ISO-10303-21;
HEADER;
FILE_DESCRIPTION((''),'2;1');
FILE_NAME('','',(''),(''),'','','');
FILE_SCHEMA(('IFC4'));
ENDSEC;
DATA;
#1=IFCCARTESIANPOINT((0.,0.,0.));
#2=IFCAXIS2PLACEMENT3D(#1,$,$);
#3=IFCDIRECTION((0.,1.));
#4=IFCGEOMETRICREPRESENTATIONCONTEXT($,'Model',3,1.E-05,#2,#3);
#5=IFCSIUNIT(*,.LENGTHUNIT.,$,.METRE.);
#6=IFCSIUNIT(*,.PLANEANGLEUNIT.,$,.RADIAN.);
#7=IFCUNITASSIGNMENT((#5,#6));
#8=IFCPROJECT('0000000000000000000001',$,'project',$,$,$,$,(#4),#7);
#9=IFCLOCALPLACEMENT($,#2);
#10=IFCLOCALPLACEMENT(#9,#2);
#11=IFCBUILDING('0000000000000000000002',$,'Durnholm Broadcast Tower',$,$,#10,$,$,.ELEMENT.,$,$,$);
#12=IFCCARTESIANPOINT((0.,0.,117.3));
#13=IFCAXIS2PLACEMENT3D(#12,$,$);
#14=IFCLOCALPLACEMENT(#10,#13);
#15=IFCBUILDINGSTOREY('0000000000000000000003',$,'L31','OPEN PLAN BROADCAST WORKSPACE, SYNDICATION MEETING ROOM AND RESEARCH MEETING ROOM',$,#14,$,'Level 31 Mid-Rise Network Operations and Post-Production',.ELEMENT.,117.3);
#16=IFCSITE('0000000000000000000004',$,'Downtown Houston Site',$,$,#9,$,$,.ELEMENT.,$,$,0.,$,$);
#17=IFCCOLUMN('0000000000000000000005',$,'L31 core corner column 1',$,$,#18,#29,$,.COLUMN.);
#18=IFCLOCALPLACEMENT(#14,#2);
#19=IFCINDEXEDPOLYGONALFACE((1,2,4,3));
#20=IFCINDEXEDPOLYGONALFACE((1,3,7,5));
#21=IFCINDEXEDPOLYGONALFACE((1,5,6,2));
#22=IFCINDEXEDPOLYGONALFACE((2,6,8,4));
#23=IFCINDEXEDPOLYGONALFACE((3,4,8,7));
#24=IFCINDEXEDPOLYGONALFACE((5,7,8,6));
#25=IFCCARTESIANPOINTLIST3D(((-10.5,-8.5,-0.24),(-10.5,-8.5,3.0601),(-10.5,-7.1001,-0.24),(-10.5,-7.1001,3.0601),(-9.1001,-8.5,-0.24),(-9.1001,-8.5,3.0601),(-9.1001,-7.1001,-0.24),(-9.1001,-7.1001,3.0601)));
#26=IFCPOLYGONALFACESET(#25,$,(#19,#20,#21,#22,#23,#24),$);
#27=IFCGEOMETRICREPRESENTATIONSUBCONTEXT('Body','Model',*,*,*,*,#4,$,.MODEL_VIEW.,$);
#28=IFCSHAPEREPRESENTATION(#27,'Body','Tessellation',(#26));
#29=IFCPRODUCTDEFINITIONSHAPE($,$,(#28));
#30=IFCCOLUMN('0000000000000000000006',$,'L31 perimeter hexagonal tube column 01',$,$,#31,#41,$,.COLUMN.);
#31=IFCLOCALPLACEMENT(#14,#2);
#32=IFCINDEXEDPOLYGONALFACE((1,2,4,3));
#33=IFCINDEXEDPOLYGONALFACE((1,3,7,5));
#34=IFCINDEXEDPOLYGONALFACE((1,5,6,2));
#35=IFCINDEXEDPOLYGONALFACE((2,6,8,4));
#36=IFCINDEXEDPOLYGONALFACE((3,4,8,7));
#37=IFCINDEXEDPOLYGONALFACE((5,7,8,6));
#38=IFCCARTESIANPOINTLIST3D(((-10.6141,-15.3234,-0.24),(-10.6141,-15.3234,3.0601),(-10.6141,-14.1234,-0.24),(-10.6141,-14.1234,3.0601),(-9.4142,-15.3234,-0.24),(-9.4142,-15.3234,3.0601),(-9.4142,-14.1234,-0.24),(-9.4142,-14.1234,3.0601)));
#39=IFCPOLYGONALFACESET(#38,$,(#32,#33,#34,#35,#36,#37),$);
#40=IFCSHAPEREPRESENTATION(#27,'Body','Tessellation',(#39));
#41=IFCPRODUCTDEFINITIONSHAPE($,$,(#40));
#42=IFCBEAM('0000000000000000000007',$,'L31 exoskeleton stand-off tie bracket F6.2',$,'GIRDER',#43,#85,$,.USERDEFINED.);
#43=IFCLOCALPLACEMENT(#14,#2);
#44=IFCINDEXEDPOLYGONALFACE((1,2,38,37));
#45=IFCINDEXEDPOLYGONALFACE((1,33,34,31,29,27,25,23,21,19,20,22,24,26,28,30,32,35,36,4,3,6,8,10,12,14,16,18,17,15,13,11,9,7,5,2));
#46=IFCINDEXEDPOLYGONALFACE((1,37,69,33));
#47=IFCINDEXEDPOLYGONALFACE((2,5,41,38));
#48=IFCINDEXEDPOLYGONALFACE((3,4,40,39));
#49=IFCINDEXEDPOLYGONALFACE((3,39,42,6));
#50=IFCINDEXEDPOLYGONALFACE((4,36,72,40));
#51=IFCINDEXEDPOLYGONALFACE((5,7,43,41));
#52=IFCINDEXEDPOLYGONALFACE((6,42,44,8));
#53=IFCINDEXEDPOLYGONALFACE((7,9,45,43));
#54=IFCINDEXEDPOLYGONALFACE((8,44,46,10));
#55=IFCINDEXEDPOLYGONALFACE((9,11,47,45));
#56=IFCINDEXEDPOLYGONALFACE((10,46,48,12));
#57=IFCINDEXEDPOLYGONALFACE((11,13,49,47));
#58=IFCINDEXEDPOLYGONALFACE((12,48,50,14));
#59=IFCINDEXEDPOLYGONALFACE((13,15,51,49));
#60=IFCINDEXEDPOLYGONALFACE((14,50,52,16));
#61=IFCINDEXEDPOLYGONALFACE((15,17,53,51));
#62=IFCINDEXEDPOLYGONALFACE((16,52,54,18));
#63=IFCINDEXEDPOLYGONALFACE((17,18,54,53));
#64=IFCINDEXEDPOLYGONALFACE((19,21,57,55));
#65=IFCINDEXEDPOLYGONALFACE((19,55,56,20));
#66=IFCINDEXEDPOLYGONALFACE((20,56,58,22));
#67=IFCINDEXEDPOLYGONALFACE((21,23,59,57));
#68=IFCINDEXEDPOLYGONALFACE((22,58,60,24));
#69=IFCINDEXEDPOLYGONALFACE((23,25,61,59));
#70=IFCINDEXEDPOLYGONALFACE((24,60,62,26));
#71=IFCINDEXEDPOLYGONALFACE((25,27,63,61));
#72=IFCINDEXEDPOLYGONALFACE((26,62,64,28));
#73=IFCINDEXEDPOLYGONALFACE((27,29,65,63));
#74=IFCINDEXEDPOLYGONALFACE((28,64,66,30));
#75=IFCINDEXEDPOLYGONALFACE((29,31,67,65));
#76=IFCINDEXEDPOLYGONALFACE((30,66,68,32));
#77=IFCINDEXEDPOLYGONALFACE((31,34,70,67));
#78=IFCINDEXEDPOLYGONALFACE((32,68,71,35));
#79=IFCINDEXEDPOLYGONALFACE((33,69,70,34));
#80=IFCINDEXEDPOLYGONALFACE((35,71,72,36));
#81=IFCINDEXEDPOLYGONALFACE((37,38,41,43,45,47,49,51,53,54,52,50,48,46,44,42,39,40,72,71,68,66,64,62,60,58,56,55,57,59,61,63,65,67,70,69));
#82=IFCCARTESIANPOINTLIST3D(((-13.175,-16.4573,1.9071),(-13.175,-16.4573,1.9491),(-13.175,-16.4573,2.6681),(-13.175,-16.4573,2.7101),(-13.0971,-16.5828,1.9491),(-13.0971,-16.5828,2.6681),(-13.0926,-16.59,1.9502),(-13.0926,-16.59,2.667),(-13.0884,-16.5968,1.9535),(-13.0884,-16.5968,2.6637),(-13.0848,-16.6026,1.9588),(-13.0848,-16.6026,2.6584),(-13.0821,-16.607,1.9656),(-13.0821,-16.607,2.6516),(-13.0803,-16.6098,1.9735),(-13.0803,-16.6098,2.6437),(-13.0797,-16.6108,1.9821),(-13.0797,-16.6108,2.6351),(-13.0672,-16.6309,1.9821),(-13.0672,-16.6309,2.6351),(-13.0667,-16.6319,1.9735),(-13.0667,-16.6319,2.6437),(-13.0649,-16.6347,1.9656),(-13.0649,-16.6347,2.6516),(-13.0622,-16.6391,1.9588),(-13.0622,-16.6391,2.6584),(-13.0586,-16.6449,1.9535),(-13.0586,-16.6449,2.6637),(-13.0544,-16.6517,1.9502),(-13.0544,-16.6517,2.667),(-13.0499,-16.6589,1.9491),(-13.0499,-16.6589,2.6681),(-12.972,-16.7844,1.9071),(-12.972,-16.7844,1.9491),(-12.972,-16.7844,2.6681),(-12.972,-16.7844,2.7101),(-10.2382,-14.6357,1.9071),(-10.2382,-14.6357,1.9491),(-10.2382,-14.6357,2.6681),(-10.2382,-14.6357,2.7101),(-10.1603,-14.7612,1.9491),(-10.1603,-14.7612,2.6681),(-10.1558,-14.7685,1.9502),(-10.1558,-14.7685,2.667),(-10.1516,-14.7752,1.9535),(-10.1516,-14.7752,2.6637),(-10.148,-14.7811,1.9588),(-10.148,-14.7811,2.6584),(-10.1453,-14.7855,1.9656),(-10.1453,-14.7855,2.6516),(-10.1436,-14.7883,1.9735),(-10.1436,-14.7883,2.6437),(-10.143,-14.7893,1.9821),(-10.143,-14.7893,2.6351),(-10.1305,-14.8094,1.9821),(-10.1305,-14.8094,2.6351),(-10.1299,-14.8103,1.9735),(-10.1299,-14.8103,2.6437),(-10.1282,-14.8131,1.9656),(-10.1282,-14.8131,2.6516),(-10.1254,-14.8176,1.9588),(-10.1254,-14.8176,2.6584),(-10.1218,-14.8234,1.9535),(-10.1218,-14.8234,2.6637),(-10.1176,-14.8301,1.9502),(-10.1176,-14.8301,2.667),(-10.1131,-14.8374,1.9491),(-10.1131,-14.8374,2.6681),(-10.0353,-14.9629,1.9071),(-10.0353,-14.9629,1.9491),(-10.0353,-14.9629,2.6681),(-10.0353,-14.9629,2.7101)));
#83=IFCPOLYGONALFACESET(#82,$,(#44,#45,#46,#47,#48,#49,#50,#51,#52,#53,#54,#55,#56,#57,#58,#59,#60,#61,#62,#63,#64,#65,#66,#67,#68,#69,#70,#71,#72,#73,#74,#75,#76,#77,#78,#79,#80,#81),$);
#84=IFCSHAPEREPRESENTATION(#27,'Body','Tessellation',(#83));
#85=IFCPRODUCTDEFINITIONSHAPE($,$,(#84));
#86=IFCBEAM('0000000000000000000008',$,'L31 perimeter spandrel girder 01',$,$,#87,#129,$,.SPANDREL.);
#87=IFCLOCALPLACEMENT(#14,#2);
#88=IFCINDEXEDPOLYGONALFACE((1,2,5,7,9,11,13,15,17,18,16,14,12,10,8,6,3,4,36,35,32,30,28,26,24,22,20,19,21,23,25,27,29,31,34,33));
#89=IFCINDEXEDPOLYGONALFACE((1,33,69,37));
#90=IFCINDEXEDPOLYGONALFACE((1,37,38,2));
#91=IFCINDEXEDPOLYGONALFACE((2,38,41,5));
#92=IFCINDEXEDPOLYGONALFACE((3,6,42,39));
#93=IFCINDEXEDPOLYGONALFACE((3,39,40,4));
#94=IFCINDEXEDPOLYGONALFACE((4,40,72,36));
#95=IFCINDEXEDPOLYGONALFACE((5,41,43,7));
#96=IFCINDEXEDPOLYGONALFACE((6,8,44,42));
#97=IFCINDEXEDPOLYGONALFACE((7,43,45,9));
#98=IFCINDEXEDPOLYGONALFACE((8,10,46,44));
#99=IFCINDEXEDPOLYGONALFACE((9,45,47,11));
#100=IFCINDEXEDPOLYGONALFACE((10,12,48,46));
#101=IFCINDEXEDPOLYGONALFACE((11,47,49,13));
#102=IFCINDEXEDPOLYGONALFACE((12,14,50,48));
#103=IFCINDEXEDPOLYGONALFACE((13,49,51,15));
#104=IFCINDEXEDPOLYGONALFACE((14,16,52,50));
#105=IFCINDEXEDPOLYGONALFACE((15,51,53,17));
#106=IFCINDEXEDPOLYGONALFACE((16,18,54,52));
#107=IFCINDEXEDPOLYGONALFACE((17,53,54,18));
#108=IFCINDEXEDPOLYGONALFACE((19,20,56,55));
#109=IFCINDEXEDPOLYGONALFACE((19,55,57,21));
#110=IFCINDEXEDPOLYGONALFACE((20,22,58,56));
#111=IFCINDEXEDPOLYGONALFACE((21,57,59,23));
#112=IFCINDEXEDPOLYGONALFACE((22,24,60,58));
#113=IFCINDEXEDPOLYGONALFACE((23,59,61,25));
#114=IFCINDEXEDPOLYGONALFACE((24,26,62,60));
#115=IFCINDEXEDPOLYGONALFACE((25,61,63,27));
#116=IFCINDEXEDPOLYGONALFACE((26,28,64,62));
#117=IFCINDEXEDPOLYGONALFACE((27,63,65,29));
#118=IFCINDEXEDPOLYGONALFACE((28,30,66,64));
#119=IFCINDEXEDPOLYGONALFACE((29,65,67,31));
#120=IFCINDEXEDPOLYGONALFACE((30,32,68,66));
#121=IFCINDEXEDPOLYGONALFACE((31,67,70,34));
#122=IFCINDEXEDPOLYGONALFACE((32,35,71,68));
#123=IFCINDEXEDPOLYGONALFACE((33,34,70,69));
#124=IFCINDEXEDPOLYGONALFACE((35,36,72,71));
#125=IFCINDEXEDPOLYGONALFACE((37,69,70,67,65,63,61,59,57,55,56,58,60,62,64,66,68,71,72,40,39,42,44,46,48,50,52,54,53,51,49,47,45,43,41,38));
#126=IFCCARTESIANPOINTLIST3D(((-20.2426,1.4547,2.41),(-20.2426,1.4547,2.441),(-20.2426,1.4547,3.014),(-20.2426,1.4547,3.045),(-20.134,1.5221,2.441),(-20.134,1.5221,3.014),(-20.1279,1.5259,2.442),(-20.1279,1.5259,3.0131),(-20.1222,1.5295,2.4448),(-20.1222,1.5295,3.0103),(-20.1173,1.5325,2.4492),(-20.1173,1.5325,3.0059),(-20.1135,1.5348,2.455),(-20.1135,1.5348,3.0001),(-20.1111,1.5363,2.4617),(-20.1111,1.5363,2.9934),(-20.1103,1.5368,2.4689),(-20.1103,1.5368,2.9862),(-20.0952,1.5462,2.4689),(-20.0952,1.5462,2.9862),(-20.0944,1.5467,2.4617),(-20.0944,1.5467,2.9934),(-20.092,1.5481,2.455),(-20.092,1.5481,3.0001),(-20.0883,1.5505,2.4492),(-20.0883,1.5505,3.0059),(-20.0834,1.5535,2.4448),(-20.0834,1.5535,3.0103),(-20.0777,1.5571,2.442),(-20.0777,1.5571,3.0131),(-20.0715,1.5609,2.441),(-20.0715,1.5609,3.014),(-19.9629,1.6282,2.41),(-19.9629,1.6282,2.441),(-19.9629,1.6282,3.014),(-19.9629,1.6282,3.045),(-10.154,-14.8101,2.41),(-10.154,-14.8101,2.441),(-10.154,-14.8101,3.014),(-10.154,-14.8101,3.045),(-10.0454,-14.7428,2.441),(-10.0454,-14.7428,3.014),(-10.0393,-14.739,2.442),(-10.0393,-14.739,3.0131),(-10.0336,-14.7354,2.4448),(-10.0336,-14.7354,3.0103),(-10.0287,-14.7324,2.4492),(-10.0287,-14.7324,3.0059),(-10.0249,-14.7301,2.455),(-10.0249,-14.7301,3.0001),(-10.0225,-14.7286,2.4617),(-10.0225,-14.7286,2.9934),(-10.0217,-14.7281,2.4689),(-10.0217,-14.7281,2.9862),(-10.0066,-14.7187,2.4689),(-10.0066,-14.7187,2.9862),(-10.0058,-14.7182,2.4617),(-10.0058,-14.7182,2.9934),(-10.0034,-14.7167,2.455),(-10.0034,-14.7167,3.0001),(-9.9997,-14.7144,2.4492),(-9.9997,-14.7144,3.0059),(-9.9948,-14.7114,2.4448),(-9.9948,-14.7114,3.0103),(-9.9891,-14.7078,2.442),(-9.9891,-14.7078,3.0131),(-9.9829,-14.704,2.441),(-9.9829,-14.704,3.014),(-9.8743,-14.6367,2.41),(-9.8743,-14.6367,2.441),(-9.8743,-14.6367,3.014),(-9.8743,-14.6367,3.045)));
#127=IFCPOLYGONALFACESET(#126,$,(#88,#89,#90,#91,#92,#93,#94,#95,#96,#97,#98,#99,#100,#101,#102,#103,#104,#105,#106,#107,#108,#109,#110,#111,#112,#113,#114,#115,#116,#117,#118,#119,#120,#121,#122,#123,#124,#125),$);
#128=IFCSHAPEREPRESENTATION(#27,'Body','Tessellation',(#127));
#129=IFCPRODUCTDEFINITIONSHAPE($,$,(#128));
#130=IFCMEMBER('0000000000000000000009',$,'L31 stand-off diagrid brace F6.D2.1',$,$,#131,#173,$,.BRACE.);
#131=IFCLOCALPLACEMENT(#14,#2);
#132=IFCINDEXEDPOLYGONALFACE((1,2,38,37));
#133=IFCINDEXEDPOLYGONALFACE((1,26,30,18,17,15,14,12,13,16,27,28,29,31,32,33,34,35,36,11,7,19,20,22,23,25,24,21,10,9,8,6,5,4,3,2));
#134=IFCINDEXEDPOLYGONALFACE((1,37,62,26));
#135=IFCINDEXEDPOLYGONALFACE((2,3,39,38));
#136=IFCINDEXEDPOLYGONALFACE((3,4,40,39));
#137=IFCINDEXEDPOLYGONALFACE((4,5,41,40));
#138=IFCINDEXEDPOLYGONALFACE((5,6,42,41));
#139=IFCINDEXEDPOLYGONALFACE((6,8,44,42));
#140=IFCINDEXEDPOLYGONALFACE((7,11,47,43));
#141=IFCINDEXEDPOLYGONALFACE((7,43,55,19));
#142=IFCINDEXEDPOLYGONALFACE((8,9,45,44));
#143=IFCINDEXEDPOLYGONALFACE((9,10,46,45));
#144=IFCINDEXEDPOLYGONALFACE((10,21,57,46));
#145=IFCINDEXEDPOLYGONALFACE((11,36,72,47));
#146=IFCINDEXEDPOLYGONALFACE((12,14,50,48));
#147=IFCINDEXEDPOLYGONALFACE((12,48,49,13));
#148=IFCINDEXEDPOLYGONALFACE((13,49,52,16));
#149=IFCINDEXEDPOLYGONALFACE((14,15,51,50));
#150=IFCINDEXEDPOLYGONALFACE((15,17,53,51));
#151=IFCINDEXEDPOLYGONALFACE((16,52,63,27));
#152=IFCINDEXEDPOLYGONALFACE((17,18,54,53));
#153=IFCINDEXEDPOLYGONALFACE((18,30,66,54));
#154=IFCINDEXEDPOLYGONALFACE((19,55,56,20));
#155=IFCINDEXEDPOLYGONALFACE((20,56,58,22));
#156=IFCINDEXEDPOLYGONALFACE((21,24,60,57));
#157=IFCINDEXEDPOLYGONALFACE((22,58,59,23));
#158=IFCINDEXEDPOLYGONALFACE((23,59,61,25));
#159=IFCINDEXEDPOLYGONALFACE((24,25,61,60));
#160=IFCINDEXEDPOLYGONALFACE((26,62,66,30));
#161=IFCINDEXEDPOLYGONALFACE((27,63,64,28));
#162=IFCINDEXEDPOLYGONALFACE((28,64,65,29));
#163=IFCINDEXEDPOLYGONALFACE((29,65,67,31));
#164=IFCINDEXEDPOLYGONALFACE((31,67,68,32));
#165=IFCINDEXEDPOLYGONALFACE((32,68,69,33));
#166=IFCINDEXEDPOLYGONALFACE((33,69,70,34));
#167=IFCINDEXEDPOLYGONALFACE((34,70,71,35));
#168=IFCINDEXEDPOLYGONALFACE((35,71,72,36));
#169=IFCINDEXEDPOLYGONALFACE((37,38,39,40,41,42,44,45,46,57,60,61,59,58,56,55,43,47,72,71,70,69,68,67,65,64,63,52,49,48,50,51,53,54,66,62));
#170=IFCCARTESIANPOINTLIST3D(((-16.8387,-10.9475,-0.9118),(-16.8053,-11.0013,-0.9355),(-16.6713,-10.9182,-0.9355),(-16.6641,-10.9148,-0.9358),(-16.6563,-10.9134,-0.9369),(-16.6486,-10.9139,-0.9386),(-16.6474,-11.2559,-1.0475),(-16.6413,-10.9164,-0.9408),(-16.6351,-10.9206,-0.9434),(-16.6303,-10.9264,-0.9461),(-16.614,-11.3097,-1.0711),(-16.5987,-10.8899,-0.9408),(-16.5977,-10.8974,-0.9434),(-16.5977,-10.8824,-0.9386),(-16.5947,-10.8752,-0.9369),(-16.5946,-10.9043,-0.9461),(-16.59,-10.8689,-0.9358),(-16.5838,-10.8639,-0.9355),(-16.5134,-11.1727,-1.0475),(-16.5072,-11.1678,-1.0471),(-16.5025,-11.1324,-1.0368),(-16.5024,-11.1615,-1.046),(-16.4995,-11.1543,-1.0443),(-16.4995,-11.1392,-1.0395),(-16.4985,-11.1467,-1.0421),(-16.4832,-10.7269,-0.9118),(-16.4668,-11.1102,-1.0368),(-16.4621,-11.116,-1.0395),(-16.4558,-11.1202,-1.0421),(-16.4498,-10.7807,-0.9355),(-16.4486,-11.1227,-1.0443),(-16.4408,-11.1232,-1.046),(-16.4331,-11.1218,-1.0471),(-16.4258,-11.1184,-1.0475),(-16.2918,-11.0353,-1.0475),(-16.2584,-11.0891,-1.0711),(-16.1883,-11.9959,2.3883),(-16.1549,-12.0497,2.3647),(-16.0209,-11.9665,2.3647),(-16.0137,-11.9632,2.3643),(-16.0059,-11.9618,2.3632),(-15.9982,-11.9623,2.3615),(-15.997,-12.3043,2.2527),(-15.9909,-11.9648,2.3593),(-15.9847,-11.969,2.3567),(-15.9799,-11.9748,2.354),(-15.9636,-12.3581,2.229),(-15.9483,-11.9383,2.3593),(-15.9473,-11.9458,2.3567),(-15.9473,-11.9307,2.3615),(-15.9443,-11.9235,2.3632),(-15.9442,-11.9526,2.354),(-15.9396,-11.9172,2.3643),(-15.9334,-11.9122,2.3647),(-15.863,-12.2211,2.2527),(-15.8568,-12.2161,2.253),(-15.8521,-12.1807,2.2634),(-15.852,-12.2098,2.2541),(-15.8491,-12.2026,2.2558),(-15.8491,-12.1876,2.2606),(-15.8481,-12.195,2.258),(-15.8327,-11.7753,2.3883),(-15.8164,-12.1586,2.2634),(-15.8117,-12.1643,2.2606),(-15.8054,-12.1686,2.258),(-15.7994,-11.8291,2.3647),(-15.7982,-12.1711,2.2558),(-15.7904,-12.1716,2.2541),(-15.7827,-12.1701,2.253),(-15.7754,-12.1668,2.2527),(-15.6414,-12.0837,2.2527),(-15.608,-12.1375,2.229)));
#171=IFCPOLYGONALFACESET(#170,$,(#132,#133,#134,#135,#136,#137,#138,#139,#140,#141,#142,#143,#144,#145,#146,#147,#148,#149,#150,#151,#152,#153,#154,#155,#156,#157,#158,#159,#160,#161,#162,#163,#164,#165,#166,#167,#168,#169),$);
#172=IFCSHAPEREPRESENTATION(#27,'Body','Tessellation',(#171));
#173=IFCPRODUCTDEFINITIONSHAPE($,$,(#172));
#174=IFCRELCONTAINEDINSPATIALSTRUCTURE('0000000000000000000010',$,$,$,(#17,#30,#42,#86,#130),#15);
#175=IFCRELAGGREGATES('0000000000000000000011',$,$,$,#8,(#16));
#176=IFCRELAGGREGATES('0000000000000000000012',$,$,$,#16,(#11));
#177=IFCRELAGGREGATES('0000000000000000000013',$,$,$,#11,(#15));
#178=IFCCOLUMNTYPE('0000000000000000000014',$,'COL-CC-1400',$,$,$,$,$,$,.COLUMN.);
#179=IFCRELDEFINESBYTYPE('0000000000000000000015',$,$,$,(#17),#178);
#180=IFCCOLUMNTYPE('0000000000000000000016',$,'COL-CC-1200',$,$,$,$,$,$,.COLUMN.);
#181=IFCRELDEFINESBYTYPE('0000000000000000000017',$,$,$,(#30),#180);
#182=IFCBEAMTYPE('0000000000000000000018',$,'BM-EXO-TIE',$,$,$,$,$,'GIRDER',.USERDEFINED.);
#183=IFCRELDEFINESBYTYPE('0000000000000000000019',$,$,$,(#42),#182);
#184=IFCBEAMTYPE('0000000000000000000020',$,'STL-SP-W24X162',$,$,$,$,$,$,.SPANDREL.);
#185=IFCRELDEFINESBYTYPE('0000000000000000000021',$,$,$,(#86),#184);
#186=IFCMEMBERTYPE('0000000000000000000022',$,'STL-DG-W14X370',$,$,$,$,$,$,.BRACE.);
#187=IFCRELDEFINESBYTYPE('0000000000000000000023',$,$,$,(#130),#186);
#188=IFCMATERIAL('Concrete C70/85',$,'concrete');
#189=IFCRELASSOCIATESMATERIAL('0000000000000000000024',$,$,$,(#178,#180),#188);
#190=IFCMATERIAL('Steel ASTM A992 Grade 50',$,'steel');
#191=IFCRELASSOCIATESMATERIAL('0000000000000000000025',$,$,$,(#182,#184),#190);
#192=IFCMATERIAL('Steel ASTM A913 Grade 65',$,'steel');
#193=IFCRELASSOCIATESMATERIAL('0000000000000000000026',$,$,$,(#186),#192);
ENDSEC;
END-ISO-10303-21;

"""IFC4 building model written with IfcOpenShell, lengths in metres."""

from ifc_helpers import new_model, si_unit, direction, frame, origin, origin_2d, place, context, subcontext, project, spatial, rectangle, i_section, extrude, source, transform, mapped, material, material_profile, profile_set, type_object, type_shapes, element, save


model = new_model("IFC4")

# Units and contexts
model_context = context("Model", 3, precision=1e-05, world=origin(), true_north=direction((0.0, 1.0)))
body_context = subcontext(model_context, "Body", "Model", "MODEL_VIEW")
ifc_project = project(units=[si_unit("LENGTHUNIT", "METRE"), si_unit("PLANEANGLEUNIT", "RADIAN")], contexts=[model_context])

# Site, building, storey
site_placement = place(None, origin())
site = spatial("IfcSite", under=ifc_project, at=site_placement, Name="Downtown Houston Site", CompositionType="ELEMENT", RefElevation=0.0)
building_placement = place(site_placement, origin())
building = spatial("IfcBuilding", under=site, at=building_placement, Name="Durnholm Broadcast Tower", CompositionType="ELEMENT")
storey_placement = place(building_placement, frame((0.0, 0.0, 117.3)))
storey = spatial("IfcBuildingStorey", under=building, at=storey_placement, Name="L31", Description="OPEN PLAN BROADCAST WORKSPACE, SYNDICATION MEETING ROOM AND RESEARCH MEETING ROOM", LongName="Level 31 Mid-Rise Network Operations and Post-Production", CompositionType="ELEMENT", Elevation=117.3)

# Columns
ifc_material_1 = material(Name="Concrete C70/85", Category="concrete")
ifc_material_profile_1 = material_profile(ifc_material_1, rectangle(XDim=1.3999, YDim=1.3999, at=origin_2d()), Name="RC1400X1400")
ifc_profile_set_1 = profile_set([ifc_material_profile_1], Name="Concrete C70/85")
column_type_1 = type_object("IfcColumnType", Name="COL-CC-1400", PredefinedType="COLUMN", material=ifc_profile_set_1)
shared_shape_1 = source(origin(), body_context, "Body", "SweptSolid", [
    extrude(rectangle(XDim=1.3999, YDim=1.3999, at=origin_2d()), origin(), (0.0, 0.0, 1.0), 3.3),
])
type_shapes(column_type_1, [shared_shape_1])
column_1_placement = place(storey_placement, frame((-9.8, -7.8, -0.24), z_axis=(0.0, 0.0, 1.0), x_axis=(1.0, 0.0, 0.0)))
element("IfcColumn", 1, at=column_1_placement, inside=storey, type_object=column_type_1, Name="L31 core corner column 1", PredefinedType="COLUMN", context=body_context, shape_type="MappedRepresentation", body=[
    mapped(shared_shape_1, transform((0.0, 0.0, 0.0), x_axis=(1.0, 0.0, 0.0), y_axis=(0.0, 1.0, 0.0), z_axis=(0.0, 0.0, 1.0), scale=1.0)),
])
ifc_material_profile_2 = material_profile(ifc_material_1, rectangle(XDim=1.2, YDim=1.2, at=origin_2d()), Name="RC1200X1200")
ifc_profile_set_2 = profile_set([ifc_material_profile_2], Name="Concrete C70/85")
column_type_2 = type_object("IfcColumnType", Name="COL-CC-1200", PredefinedType="COLUMN", material=ifc_profile_set_2)
shared_shape_2 = source(origin(), body_context, "Body", "SweptSolid", [
    extrude(rectangle(XDim=1.2, YDim=1.2, at=origin_2d()), origin(), (0.0, 0.0, 1.0), 3.3),
])
type_shapes(column_type_2, [shared_shape_2])
column_2_placement = place(storey_placement, frame((-10.0142, -14.7234, -0.24), z_axis=(0.0, 0.0, 1.0), x_axis=(1.0, 0.0, 0.0)))
element("IfcColumn", 2, at=column_2_placement, inside=storey, type_object=column_type_2, Name="L31 perimeter hexagonal tube column 01", PredefinedType="COLUMN", context=body_context, shape_type="MappedRepresentation", body=[
    mapped(shared_shape_2, transform((0.0, 0.0, 0.0), x_axis=(1.0, 0.0, 0.0), y_axis=(0.0, 1.0, 0.0), z_axis=(0.0, 0.0, 1.0), scale=1.0)),
])

# Beams
ifc_material_2 = material(Name="Steel ASTM A992 Grade 50", Category="steel")
ifc_material_profile_3 = material_profile(ifc_material_2, i_section(OverallWidth=0.385, OverallDepth=0.803, WebThickness=0.0237, FlangeThickness=0.042, FilletRadius=0.033, at=origin_2d()), Name="W30X261")
ifc_profile_set_3 = profile_set([ifc_material_profile_3], Name="Steel ASTM A992 Grade 50")
beam_type_1 = type_object("IfcBeamType", Name="BM-EXO-TIE", ElementType="GIRDER", PredefinedType="USERDEFINED", material=ifc_profile_set_3)
shared_shape_3 = source(origin(), body_context, "Body", "SweptSolid", [
    extrude(i_section(OverallWidth=0.385, OverallDepth=0.803, WebThickness=0.0237, FlangeThickness=0.042, FilletRadius=0.033, at=origin_2d()), origin(), (0.0, 0.0, 1.0), 3.4558),
])
type_shapes(beam_type_1, [shared_shape_3])
beam_1_placement = place(storey_placement, frame((-10.1367, -14.7993, 2.3086), z_axis=(-0.849807, -0.527094, 0.0), x_axis=(0.527094, -0.849807, 0.0)))
element("IfcBeam", 3, at=beam_1_placement, inside=storey, type_object=beam_type_1, Name="L31 exoskeleton stand-off tie bracket F6.2", ObjectType="GIRDER", PredefinedType="USERDEFINED", context=body_context, shape_type="MappedRepresentation", body=[
    mapped(shared_shape_3, transform((0.0, 0.0, 0.0), x_axis=(1.0, 0.0, 0.0), y_axis=(0.0, 1.0, 0.0), z_axis=(0.0, 0.0, 1.0), scale=1.0)),
])
ifc_material_profile_4 = material_profile(ifc_material_2, i_section(OverallWidth=0.3291, OverallDepth=0.635, WebThickness=0.0178, FlangeThickness=0.031, FilletRadius=0.0278, at=origin_2d()), Name="W24X162")
ifc_profile_set_4 = profile_set([ifc_material_profile_4], Name="Steel ASTM A992 Grade 50")
beam_type_2 = type_object("IfcBeamType", Name="STL-SP-W24X162", PredefinedType="SPANDREL", material=ifc_profile_set_4)
shared_shape_4 = source(origin(), body_context, "Body", "SweptSolid", [
    extrude(i_section(OverallWidth=0.3291, OverallDepth=0.635, WebThickness=0.0178, FlangeThickness=0.031, FilletRadius=0.0278, at=origin_2d()), origin(), (0.0, 0.0, 1.0), 19.1396),
])
type_shapes(beam_type_2, [shared_shape_4])
beam_2_placement = place(storey_placement, frame((-10.0142, -14.7234, 2.7275), z_axis=(-0.527105, 0.8498, 0.0), x_axis=(-0.8498, -0.527105, 0.0)))
element("IfcBeam", 4, at=beam_2_placement, inside=storey, type_object=beam_type_2, Name="L31 perimeter spandrel girder 01", PredefinedType="SPANDREL", context=body_context, shape_type="MappedRepresentation", body=[
    mapped(shared_shape_4, transform((0.0, 0.0, 0.0), x_axis=(1.0, 0.0, 0.0), y_axis=(0.0, 1.0, 0.0), z_axis=(0.0, 0.0, 1.0), scale=1.0)),
])

# Member
ifc_material_3 = material(Name="Steel ASTM A913 Grade 65", Category="steel")
ifc_material_profile_5 = material_profile(ifc_material_3, i_section(OverallWidth=0.4185, OverallDepth=0.4551, WebThickness=0.042, FlangeThickness=0.0676, FilletRadius=0.0305, at=origin_2d()), Name="W14X370")
ifc_profile_set_5 = profile_set([ifc_material_profile_5], Name="Steel ASTM A913 Grade 65")
member_type_1 = type_object("IfcMemberType", Name="STL-DG-W14X370", PredefinedType="BRACE", material=ifc_profile_set_5)
shared_shape_5 = source(origin(), body_context, "Body", "SweptSolid", [
    extrude(i_section(OverallWidth=0.4185, OverallDepth=0.4551, WebThickness=0.042, FlangeThickness=0.0676, FilletRadius=0.0305, at=origin_2d()), origin(), (0.0, 0.0, 1.0), 3.5232),
])
type_shapes(member_type_1, [shared_shape_5])
for number, where, z_axis, x_axis, name in (
    (5, (-16.5486, -11.0183, -0.9915), (0.184607, -0.29756, 0.936685), (0.84975, 0.527186, 0.0), "L31 stand-off diagrid brace F6.D2.1"),
):
    element("IfcMember", number, at=place(storey_placement, frame(where, z_axis=z_axis, x_axis=x_axis)), inside=storey, type_object=member_type_1, Name=name, PredefinedType="BRACE", context=body_context, shape_type="MappedRepresentation", body=[
        mapped(shared_shape_5, transform((0.0, 0.0, 0.0), x_axis=(1.0, 0.0, 0.0), y_axis=(0.0, 1.0, 0.0), z_axis=(0.0, 0.0, 1.0), scale=1.0)),
    ])

save(model, "model.ifc")
